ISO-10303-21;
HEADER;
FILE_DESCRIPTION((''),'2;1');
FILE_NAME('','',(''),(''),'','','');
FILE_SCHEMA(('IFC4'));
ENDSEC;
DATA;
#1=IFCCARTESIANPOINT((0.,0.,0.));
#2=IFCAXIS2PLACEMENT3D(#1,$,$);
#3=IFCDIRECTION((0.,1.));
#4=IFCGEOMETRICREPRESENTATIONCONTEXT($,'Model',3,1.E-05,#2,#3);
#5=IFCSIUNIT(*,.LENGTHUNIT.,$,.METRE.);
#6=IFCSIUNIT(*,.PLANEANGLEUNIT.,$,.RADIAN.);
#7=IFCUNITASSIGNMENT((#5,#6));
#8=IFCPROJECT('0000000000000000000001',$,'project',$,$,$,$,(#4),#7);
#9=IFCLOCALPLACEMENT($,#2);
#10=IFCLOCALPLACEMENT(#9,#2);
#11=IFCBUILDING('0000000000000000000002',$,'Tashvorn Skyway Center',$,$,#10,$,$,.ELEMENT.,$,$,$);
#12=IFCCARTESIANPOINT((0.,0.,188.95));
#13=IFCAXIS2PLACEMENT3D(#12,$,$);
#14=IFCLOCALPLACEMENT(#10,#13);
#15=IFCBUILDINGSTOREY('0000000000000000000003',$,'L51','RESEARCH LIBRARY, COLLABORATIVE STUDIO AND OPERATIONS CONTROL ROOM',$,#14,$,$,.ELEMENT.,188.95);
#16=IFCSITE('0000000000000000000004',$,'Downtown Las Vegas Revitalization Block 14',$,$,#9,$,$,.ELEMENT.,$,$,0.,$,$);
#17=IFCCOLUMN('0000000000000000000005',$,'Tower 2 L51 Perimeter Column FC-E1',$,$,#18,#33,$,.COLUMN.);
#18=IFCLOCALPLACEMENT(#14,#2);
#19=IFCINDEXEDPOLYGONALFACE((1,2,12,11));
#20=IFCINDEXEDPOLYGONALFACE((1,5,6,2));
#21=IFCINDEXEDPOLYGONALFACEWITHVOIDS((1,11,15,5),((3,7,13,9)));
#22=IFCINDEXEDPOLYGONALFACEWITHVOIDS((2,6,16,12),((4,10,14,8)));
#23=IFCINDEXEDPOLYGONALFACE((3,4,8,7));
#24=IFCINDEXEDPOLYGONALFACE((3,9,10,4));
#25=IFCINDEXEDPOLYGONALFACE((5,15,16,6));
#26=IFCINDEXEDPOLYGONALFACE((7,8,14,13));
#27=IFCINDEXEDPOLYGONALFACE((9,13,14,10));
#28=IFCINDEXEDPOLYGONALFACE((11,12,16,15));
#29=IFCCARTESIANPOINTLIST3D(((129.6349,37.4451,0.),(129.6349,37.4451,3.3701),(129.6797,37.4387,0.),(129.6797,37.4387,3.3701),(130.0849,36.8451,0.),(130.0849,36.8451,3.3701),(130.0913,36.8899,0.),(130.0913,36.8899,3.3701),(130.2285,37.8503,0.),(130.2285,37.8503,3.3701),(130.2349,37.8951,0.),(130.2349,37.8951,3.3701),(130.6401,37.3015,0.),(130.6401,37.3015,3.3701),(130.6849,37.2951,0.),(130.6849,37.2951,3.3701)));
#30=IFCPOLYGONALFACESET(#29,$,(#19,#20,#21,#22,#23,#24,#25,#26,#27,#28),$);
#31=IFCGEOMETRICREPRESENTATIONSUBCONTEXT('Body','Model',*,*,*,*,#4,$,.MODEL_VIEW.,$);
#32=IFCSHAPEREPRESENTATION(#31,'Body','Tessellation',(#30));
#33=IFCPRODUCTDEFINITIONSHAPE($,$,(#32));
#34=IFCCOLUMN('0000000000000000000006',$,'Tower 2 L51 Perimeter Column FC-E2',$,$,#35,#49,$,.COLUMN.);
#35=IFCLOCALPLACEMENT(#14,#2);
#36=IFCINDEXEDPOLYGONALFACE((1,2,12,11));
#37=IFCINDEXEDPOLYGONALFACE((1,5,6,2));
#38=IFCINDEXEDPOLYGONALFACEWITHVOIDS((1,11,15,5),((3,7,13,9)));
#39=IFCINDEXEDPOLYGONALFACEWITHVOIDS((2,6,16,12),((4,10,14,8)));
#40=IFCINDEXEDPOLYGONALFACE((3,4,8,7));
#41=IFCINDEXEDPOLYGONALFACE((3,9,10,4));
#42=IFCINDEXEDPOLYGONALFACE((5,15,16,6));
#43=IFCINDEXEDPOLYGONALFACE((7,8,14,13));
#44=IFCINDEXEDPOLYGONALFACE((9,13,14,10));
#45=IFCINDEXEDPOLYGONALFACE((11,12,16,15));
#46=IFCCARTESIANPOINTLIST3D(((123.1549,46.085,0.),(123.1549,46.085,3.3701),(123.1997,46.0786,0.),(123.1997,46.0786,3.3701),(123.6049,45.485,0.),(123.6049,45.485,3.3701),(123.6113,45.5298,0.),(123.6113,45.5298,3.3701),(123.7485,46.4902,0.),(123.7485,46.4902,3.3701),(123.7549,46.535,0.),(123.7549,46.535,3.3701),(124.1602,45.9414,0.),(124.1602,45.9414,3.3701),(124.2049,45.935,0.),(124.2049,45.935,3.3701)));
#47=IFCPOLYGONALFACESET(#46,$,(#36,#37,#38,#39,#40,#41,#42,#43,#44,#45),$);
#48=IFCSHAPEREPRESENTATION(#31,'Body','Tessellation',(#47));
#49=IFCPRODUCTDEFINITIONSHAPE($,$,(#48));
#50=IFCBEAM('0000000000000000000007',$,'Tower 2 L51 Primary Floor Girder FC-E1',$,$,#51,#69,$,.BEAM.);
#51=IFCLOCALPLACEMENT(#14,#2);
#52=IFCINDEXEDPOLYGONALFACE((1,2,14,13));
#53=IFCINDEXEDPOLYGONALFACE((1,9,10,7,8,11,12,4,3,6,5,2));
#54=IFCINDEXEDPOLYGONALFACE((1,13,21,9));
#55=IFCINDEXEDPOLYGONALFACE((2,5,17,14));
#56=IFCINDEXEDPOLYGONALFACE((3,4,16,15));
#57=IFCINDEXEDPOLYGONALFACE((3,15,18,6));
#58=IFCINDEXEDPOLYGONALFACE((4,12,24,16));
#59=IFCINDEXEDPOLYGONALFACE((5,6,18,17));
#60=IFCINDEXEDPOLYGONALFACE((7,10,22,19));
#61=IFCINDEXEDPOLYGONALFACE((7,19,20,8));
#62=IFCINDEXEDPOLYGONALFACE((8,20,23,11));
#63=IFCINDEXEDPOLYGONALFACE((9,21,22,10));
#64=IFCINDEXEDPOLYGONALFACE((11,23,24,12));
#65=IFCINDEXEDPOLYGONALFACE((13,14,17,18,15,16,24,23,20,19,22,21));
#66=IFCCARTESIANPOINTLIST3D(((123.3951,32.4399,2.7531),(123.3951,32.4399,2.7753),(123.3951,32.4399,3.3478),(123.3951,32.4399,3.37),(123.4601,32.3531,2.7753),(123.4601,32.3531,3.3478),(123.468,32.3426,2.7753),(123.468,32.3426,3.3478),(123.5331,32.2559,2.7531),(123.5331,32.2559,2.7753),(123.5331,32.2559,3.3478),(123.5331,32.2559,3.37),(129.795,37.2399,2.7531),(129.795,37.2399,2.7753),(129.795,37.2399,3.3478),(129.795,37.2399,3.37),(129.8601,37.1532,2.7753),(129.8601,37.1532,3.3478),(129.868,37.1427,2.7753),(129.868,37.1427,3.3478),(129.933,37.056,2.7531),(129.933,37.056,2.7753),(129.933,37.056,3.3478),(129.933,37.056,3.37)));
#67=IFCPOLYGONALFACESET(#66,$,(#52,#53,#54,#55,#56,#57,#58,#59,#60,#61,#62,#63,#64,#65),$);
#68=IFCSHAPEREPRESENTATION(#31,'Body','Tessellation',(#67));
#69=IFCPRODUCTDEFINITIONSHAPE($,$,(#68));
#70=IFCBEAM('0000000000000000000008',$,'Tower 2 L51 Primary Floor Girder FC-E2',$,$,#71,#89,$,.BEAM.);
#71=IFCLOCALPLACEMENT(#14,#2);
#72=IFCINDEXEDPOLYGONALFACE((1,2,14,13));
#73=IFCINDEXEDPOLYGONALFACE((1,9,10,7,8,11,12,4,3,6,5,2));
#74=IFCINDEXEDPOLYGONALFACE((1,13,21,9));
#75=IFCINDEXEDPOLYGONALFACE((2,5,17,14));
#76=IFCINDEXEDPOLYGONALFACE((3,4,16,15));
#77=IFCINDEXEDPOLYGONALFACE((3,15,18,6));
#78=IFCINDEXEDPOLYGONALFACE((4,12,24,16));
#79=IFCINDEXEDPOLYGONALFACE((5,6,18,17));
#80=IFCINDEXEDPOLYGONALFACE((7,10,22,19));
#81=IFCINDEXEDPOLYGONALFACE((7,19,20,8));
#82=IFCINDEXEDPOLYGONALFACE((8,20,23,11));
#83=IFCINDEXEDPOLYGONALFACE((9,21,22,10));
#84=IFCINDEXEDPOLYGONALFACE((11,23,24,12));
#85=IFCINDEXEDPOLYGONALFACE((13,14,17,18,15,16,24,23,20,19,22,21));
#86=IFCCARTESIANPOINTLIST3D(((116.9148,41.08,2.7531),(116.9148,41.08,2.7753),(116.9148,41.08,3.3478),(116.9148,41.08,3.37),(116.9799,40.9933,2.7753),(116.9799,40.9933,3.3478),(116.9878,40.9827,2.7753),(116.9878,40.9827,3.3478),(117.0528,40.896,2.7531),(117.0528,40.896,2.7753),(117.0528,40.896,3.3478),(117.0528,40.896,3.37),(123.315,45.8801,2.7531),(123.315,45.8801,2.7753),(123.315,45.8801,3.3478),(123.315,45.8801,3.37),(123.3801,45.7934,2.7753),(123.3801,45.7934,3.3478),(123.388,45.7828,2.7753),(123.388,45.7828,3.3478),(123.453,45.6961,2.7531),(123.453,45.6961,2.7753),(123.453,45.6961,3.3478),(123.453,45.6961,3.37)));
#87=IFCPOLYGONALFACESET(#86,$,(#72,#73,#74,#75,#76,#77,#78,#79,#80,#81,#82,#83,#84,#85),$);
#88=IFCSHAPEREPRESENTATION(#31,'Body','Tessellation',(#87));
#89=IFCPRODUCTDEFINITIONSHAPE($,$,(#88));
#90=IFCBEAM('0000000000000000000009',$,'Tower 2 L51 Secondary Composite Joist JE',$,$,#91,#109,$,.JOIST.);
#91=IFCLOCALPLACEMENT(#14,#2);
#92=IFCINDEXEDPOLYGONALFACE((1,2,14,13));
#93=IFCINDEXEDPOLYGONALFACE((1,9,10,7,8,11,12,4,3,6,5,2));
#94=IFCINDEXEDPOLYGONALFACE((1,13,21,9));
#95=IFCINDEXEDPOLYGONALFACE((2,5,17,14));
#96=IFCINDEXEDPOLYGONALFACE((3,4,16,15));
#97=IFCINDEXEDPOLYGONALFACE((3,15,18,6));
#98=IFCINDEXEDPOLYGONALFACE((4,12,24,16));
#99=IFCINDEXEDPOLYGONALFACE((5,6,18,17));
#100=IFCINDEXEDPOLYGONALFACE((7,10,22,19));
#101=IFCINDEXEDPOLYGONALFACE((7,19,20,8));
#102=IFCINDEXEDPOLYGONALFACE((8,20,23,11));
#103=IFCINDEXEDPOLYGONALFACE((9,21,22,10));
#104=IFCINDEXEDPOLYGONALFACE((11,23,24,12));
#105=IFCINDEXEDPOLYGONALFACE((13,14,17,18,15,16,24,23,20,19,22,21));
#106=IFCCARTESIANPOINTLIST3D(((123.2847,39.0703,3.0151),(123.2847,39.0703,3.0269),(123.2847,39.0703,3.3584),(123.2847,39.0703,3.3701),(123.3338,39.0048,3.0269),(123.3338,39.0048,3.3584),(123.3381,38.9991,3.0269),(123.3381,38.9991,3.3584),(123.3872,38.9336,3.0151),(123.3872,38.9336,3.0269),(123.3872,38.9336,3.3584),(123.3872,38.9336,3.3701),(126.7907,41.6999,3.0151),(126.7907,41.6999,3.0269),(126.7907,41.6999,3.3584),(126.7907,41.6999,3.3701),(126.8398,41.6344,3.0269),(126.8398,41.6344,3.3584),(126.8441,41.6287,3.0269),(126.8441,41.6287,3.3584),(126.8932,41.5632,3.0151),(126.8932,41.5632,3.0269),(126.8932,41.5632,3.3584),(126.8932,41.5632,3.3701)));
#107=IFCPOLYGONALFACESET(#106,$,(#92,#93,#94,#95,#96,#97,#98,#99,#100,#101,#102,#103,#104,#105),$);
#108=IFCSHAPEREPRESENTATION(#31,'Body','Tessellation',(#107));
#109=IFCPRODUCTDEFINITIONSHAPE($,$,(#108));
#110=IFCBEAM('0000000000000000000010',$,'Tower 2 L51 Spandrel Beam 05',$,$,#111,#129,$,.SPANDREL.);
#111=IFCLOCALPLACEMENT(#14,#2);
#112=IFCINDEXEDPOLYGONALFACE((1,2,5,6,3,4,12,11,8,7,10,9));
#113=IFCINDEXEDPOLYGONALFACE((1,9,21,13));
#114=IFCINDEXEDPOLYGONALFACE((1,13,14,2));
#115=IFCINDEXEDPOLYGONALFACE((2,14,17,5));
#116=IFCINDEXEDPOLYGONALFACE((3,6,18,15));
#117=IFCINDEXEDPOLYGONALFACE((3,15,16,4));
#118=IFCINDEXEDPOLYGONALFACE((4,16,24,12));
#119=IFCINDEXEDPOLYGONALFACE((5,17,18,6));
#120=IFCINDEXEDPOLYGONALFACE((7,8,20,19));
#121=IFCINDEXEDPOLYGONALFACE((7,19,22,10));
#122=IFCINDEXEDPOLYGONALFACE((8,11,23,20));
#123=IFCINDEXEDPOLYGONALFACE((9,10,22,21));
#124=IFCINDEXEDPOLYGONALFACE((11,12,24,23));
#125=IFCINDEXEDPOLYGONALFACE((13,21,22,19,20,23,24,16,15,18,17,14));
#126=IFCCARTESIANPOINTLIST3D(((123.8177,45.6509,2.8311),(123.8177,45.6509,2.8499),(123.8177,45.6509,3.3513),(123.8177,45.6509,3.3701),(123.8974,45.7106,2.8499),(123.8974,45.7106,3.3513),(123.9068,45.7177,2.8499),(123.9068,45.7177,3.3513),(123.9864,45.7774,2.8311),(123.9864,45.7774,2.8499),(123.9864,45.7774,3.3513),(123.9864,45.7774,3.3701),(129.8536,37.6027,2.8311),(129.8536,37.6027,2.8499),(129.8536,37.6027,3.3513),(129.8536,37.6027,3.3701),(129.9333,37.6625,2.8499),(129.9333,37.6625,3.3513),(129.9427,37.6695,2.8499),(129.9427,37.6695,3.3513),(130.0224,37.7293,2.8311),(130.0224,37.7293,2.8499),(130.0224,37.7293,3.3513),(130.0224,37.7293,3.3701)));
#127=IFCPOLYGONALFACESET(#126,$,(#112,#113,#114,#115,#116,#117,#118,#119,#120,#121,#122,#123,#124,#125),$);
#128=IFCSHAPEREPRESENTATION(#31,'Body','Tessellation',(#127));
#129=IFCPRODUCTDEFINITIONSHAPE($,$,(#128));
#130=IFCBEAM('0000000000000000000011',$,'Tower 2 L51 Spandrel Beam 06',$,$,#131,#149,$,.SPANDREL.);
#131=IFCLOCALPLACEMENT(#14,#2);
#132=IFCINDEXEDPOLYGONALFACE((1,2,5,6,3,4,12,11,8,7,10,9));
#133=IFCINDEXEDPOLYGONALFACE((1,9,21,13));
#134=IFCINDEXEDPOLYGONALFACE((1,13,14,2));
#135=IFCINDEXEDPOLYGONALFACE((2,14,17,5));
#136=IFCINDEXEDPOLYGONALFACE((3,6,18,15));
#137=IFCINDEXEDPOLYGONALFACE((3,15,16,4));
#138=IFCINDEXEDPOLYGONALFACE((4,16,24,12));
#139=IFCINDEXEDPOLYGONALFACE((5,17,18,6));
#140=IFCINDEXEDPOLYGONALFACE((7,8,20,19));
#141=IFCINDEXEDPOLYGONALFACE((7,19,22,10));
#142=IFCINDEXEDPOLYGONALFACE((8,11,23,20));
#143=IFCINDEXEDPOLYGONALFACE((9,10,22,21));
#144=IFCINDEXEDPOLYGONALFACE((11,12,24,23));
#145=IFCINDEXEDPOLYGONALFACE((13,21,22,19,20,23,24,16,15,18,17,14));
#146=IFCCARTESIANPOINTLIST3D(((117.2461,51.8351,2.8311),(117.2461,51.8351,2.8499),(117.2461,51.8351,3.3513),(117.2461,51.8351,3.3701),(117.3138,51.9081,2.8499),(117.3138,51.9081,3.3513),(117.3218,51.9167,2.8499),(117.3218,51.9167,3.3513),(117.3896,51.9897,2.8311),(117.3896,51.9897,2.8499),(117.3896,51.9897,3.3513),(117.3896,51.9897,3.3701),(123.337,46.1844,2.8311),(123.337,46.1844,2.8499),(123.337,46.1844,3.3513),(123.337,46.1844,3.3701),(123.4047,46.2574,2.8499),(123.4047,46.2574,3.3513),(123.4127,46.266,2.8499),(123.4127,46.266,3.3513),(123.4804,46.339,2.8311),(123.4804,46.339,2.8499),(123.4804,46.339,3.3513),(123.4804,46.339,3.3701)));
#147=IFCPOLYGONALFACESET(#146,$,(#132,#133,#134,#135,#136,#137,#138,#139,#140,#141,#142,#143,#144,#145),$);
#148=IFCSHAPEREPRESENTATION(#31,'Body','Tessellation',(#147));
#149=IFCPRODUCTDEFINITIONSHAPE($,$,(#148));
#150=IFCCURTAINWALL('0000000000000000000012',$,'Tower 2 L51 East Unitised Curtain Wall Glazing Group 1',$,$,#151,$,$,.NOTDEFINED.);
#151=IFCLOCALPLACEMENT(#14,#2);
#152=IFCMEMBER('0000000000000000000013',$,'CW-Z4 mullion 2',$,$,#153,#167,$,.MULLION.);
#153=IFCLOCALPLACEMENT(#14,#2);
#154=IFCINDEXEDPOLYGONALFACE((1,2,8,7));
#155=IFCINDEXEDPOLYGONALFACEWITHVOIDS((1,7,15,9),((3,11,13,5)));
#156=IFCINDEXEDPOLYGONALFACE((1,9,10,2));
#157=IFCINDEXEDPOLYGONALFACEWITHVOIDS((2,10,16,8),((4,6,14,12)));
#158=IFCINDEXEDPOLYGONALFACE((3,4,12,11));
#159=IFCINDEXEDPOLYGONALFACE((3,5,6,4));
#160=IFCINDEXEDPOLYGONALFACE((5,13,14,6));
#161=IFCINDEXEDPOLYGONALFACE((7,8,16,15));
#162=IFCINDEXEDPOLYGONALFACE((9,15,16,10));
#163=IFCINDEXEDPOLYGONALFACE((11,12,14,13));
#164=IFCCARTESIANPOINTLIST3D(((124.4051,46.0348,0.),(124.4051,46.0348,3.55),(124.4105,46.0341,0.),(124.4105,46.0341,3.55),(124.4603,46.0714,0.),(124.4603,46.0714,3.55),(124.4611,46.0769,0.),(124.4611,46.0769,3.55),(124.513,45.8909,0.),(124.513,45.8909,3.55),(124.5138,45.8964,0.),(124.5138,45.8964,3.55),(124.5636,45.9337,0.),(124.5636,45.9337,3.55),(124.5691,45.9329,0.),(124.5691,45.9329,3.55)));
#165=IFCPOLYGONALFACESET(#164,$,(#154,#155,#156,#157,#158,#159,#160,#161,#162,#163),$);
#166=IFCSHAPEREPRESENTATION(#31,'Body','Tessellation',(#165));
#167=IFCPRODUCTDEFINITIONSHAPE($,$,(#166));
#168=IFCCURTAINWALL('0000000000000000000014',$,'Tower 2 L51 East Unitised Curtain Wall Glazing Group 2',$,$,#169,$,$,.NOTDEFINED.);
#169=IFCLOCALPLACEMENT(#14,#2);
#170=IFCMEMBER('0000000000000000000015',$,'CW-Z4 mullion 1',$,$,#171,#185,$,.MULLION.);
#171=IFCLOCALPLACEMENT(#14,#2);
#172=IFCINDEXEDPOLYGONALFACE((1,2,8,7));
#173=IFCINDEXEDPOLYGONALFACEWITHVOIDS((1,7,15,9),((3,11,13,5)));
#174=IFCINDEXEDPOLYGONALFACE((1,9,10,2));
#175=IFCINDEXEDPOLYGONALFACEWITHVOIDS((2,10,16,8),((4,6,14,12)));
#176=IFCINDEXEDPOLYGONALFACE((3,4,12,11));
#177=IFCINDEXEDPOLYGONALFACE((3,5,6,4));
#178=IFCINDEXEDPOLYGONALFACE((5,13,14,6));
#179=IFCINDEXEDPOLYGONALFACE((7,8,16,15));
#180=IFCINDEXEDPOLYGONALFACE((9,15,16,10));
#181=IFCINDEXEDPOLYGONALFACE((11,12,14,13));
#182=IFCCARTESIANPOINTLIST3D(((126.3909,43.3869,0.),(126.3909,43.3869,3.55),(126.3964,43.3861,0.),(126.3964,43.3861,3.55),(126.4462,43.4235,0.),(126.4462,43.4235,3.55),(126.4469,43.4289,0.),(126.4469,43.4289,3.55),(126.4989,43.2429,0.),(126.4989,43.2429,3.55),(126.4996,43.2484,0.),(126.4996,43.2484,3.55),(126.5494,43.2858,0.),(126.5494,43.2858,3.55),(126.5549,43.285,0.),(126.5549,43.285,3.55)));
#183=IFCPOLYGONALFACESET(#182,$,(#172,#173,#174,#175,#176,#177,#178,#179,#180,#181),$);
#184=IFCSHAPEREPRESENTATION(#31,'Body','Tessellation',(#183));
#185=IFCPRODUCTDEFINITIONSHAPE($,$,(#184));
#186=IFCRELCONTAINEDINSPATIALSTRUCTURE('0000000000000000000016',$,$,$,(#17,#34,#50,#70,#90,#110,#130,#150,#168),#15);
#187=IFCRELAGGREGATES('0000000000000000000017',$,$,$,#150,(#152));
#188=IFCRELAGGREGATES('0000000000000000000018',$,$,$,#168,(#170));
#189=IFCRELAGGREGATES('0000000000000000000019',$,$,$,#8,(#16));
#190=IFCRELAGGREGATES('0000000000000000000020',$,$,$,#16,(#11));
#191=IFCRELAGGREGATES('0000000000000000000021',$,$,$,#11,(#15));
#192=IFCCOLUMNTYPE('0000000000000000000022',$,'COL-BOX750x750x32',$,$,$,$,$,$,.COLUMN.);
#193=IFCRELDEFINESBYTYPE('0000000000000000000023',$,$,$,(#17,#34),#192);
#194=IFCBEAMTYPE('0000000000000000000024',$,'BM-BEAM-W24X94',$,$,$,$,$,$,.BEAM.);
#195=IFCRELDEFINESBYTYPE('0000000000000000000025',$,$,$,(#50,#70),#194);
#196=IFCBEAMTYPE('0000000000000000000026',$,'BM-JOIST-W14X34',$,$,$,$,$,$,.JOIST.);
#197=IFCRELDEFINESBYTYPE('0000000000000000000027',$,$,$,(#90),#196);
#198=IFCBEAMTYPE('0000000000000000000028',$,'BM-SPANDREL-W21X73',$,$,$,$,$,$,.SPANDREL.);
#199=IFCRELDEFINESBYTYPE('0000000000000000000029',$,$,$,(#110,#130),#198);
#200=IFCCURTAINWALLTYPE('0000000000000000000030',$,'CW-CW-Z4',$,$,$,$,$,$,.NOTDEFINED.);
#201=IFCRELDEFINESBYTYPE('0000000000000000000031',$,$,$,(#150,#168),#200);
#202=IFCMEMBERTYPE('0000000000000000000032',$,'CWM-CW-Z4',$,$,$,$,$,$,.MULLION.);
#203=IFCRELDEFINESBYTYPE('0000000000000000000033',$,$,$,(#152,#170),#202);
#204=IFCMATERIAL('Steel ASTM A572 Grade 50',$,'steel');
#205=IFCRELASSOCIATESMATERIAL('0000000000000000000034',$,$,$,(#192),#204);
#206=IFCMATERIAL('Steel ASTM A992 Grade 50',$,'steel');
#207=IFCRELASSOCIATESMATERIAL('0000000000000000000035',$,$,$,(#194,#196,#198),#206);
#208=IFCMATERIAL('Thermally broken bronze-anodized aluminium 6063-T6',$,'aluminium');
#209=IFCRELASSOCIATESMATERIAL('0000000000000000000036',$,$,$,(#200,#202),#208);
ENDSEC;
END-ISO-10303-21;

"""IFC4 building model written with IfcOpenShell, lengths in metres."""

from ifc_helpers import new_model, si_unit, direction, frame, origin, origin_2d, place, context, subcontext, project, spatial, hollow_rectangle, i_section, extrude, material, material_profile, profile_set, type_object, element, aggregate, save


model = new_model("IFC4")

# Units and contexts
model_context = context("Model", 3, precision=1e-05, world=origin(), true_north=direction((0.0, 1.0)))
body_context = subcontext(model_context, "Body", "Model", "MODEL_VIEW")
ifc_project = project(units=[si_unit("LENGTHUNIT", "METRE"), si_unit("PLANEANGLEUNIT", "RADIAN")], contexts=[model_context])

# Site, building, storey
site_placement = place(None, origin())
site = spatial("IfcSite", under=ifc_project, at=site_placement, Name="Downtown Las Vegas Revitalization Block 14", CompositionType="ELEMENT", RefElevation=0.0)
building_placement = place(site_placement, origin())
building = spatial("IfcBuilding", under=site, at=building_placement, Name="Tashvorn Skyway Center", CompositionType="ELEMENT")
storey_placement = place(building_placement, frame((0.0, 0.0, 188.95)))
storey = spatial("IfcBuildingStorey", under=building, at=storey_placement, Name="L51", Description="RESEARCH LIBRARY, COLLABORATIVE STUDIO AND OPERATIONS CONTROL ROOM", CompositionType="ELEMENT", Elevation=188.95)

# Columns
ifc_material_1 = material(Name="Steel ASTM A572 Grade 50", Category="steel")
ifc_material_profile_1 = material_profile(ifc_material_1, hollow_rectangle(XDim=0.75, YDim=0.75, WallThickness=0.032, at=origin_2d()), Name="BOX750x750x32")
ifc_profile_set_1 = profile_set([ifc_material_profile_1], Name="Steel ASTM A572 Grade 50")
column_type = type_object("IfcColumnType", Name="COL-BOX750x750x32", PredefinedType="COLUMN", material=ifc_profile_set_1)
for number, where, z_axis, x_axis, name in (
    (1, (130.1599, 37.3701, 0.0), (0.0, 0.0, 1.0), (0.8, 0.6, 0.0), "Tower 2 L51 Perimeter Column FC-E1"),
    (2, (123.6799, 46.01, 0.0), (0.0, 0.0, 1.0), (0.8, 0.6, 0.0), "Tower 2 L51 Perimeter Column FC-E2"),
):
    element("IfcColumn", number, at=place(storey_placement, frame(where, z_axis=z_axis, x_axis=x_axis)), inside=storey, type_object=column_type, Name=name, PredefinedType="COLUMN", context=body_context, shape_type="SweptSolid", body=[
        extrude(hollow_rectangle(XDim=0.75, YDim=0.75, WallThickness=0.032, at=origin_2d()), origin(), (0.0, 0.0, 1.0), 3.3701),
    ])

# Beams
ifc_material_2 = material(Name="Steel ASTM A992 Grade 50", Category="steel")
ifc_material_profile_2 = material_profile(ifc_material_2, i_section(OverallWidth=0.23, OverallDepth=0.6169, WebThickness=0.0132, FlangeThickness=0.0222, at=origin_2d()), Name="W24X94")
ifc_profile_set_2 = profile_set([ifc_material_profile_2], Name="Steel ASTM A992 Grade 50")
beam_type_1 = type_object("IfcBeamType", Name="BM-BEAM-W24X94", PredefinedType="BEAM", material=ifc_profile_set_2)
beam_1_placement = place(storey_placement, frame((129.864, 37.1479, 3.0615), z_axis=(-0.799993, -0.60001, 0.0), x_axis=(0.60001, -0.799993, 0.0)))
element("IfcBeam", 3, at=beam_1_placement, inside=storey, type_object=beam_type_1, Name="Tower 2 L51 Primary Floor Girder FC-E1", PredefinedType="BEAM", context=body_context, shape_type="SweptSolid", body=[
    extrude(i_section(OverallWidth=0.23, OverallDepth=0.6169, WebThickness=0.0132, FlangeThickness=0.0222, at=origin_2d()), origin(), (0.0, 0.0, 1.0), 8.0),
])
beam_2_placement = place(storey_placement, frame((123.384, 45.7881, 3.0615), z_axis=(-0.800004, -0.599995, 0.0), x_axis=(0.599995, -0.800004, 0.0)))
element("IfcBeam", 4, at=beam_2_placement, inside=storey, type_object=beam_type_1, Name="Tower 2 L51 Primary Floor Girder FC-E2", PredefinedType="BEAM", context=body_context, shape_type="SweptSolid", body=[
    extrude(i_section(OverallWidth=0.23, OverallDepth=0.6169, WebThickness=0.0132, FlangeThickness=0.0222, at=origin_2d()), origin(), (0.0, 0.0, 1.0), 8.0002),
])
ifc_material_profile_3 = material_profile(ifc_material_2, i_section(OverallWidth=0.1709, OverallDepth=0.355, WebThickness=0.0071, FlangeThickness=0.0117, at=origin_2d()), Name="W14X34")
ifc_profile_set_3 = profile_set([ifc_material_profile_3], Name="Steel ASTM A992 Grade 50")
beam_type_2 = type_object("IfcBeamType", Name="BM-JOIST-W14X34", PredefinedType="JOIST", material=ifc_profile_set_3)
beam_3_placement = place(storey_placement, frame((123.3359, 39.002, 3.1926), z_axis=(0.799993, 0.600009, 0.0), x_axis=(-0.600009, 0.799993, 0.0)))
element("IfcBeam", 5, at=beam_3_placement, inside=storey, type_object=beam_type_2, Name="Tower 2 L51 Secondary Composite Joist JE", PredefinedType="JOIST", context=body_context, shape_type="SweptSolid", body=[
    extrude(i_section(OverallWidth=0.1709, OverallDepth=0.355, WebThickness=0.0071, FlangeThickness=0.0117, at=origin_2d()), origin(), (0.0, 0.0, 1.0), 4.3826),
])
ifc_material_profile_4 = material_profile(ifc_material_2, i_section(OverallWidth=0.2109, OverallDepth=0.5391, WebThickness=0.0117, FlangeThickness=0.0188, at=origin_2d()), Name="W21X73")
ifc_profile_set_4 = profile_set([ifc_material_profile_4], Name="Steel ASTM A992 Grade 50")
beam_type_3 = type_object("IfcBeamType", Name="BM-SPANDREL-W21X73", PredefinedType="SPANDREL", material=ifc_profile_set_4)
beam_4_placement = place(storey_placement, frame((129.938, 37.666, 3.1006), z_axis=(-0.599988, 0.800009, 0.0), x_axis=(-0.800009, -0.599988, 0.0)))
element("IfcBeam", 6, at=beam_4_placement, inside=storey, type_object=beam_type_3, Name="Tower 2 L51 Spandrel Beam 05", PredefinedType="SPANDREL", context=body_context, shape_type="SweptSolid", body=[
    extrude(i_section(OverallWidth=0.2109, OverallDepth=0.5391, WebThickness=0.0117, FlangeThickness=0.0188, at=origin_2d()), origin(), (0.0, 0.0, 1.0), 10.0601),
])
beam_5_placement = place(storey_placement, frame((123.4087, 46.2617, 3.1006), z_axis=(-0.733101, 0.68012, 0.0), x_axis=(-0.68012, -0.733101, 0.0)))
element("IfcBeam", 7, at=beam_5_placement, inside=storey, type_object=beam_type_3, Name="Tower 2 L51 Spandrel Beam 06", PredefinedType="SPANDREL", context=body_context, shape_type="SweptSolid", body=[
    extrude(i_section(OverallWidth=0.2109, OverallDepth=0.5391, WebThickness=0.0117, FlangeThickness=0.0188, at=origin_2d()), origin(), (0.0, 0.0, 1.0), 8.3083),
])

# Curtain wall, member
ifc_material_3 = material(Name="Thermally broken bronze-anodized aluminium 6063-T6", Category="aluminium")
curtain_wall_type = type_object("IfcCurtainWallType", Name="CW-CW-Z4", PredefinedType="NOTDEFINED", material=ifc_material_3)
curtain_wall_1_placement = place(storey_placement, origin())
curtain_wall_1 = element("IfcCurtainWall", 8, at=curtain_wall_1_placement, inside=storey, type_object=curtain_wall_type, Name="Tower 2 L51 East Unitised Curtain Wall Glazing Group 1", PredefinedType="NOTDEFINED")
ifc_material_profile_5 = material_profile(ifc_material_3, hollow_rectangle(XDim=0.0701, YDim=0.1799, WallThickness=0.0039, at=origin_2d()), Name="ALU-MULL-70x180")
ifc_profile_set_5 = profile_set([ifc_material_profile_5], Name="Thermally broken bronze-anodized aluminium 6063-T6")
member_type_1 = type_object("IfcMemberType", Name="CWM-CW-Z4", PredefinedType="MULLION", material=ifc_profile_set_5)
member_1_placement = place(storey_placement, frame((124.4871, 45.9839, 0.0), z_axis=(0.0, 0.0, 1.0), x_axis=(0.8, 0.6, 0.0)))
member_1 = element("IfcMember", 9, at=member_1_placement, type_object=member_type_1, Name="CW-Z4 mullion 2", PredefinedType="MULLION", context=body_context, shape_type="SweptSolid", body=[
    extrude(hollow_rectangle(XDim=0.0701, YDim=0.1799, WallThickness=0.0039, at=origin_2d()), origin(), (0.0, 0.0, 1.0), 3.55),
])

# Curtain wall, member
curtain_wall_2_placement = place(storey_placement, origin())
curtain_wall_2 = element("IfcCurtainWall", 10, at=curtain_wall_2_placement, inside=storey, type_object=curtain_wall_type, Name="Tower 2 L51 East Unitised Curtain Wall Glazing Group 2", PredefinedType="NOTDEFINED")
member_2_placement = place(storey_placement, frame((126.4729, 43.3359, 0.0), z_axis=(0.0, 0.0, 1.0), x_axis=(0.8, 0.6, 0.0)))
member_2 = element("IfcMember", 11, at=member_2_placement, type_object=member_type_1, Name="CW-Z4 mullion 1", PredefinedType="MULLION", context=body_context, shape_type="SweptSolid", body=[
    extrude(hollow_rectangle(XDim=0.0701, YDim=0.1799, WallThickness=0.0039, at=origin_2d()), origin(), (0.0, 0.0, 1.0), 3.55),
])

aggregate(curtain_wall_1, [member_1])
aggregate(curtain_wall_2, [member_2])

save(model, "model.ifc")
